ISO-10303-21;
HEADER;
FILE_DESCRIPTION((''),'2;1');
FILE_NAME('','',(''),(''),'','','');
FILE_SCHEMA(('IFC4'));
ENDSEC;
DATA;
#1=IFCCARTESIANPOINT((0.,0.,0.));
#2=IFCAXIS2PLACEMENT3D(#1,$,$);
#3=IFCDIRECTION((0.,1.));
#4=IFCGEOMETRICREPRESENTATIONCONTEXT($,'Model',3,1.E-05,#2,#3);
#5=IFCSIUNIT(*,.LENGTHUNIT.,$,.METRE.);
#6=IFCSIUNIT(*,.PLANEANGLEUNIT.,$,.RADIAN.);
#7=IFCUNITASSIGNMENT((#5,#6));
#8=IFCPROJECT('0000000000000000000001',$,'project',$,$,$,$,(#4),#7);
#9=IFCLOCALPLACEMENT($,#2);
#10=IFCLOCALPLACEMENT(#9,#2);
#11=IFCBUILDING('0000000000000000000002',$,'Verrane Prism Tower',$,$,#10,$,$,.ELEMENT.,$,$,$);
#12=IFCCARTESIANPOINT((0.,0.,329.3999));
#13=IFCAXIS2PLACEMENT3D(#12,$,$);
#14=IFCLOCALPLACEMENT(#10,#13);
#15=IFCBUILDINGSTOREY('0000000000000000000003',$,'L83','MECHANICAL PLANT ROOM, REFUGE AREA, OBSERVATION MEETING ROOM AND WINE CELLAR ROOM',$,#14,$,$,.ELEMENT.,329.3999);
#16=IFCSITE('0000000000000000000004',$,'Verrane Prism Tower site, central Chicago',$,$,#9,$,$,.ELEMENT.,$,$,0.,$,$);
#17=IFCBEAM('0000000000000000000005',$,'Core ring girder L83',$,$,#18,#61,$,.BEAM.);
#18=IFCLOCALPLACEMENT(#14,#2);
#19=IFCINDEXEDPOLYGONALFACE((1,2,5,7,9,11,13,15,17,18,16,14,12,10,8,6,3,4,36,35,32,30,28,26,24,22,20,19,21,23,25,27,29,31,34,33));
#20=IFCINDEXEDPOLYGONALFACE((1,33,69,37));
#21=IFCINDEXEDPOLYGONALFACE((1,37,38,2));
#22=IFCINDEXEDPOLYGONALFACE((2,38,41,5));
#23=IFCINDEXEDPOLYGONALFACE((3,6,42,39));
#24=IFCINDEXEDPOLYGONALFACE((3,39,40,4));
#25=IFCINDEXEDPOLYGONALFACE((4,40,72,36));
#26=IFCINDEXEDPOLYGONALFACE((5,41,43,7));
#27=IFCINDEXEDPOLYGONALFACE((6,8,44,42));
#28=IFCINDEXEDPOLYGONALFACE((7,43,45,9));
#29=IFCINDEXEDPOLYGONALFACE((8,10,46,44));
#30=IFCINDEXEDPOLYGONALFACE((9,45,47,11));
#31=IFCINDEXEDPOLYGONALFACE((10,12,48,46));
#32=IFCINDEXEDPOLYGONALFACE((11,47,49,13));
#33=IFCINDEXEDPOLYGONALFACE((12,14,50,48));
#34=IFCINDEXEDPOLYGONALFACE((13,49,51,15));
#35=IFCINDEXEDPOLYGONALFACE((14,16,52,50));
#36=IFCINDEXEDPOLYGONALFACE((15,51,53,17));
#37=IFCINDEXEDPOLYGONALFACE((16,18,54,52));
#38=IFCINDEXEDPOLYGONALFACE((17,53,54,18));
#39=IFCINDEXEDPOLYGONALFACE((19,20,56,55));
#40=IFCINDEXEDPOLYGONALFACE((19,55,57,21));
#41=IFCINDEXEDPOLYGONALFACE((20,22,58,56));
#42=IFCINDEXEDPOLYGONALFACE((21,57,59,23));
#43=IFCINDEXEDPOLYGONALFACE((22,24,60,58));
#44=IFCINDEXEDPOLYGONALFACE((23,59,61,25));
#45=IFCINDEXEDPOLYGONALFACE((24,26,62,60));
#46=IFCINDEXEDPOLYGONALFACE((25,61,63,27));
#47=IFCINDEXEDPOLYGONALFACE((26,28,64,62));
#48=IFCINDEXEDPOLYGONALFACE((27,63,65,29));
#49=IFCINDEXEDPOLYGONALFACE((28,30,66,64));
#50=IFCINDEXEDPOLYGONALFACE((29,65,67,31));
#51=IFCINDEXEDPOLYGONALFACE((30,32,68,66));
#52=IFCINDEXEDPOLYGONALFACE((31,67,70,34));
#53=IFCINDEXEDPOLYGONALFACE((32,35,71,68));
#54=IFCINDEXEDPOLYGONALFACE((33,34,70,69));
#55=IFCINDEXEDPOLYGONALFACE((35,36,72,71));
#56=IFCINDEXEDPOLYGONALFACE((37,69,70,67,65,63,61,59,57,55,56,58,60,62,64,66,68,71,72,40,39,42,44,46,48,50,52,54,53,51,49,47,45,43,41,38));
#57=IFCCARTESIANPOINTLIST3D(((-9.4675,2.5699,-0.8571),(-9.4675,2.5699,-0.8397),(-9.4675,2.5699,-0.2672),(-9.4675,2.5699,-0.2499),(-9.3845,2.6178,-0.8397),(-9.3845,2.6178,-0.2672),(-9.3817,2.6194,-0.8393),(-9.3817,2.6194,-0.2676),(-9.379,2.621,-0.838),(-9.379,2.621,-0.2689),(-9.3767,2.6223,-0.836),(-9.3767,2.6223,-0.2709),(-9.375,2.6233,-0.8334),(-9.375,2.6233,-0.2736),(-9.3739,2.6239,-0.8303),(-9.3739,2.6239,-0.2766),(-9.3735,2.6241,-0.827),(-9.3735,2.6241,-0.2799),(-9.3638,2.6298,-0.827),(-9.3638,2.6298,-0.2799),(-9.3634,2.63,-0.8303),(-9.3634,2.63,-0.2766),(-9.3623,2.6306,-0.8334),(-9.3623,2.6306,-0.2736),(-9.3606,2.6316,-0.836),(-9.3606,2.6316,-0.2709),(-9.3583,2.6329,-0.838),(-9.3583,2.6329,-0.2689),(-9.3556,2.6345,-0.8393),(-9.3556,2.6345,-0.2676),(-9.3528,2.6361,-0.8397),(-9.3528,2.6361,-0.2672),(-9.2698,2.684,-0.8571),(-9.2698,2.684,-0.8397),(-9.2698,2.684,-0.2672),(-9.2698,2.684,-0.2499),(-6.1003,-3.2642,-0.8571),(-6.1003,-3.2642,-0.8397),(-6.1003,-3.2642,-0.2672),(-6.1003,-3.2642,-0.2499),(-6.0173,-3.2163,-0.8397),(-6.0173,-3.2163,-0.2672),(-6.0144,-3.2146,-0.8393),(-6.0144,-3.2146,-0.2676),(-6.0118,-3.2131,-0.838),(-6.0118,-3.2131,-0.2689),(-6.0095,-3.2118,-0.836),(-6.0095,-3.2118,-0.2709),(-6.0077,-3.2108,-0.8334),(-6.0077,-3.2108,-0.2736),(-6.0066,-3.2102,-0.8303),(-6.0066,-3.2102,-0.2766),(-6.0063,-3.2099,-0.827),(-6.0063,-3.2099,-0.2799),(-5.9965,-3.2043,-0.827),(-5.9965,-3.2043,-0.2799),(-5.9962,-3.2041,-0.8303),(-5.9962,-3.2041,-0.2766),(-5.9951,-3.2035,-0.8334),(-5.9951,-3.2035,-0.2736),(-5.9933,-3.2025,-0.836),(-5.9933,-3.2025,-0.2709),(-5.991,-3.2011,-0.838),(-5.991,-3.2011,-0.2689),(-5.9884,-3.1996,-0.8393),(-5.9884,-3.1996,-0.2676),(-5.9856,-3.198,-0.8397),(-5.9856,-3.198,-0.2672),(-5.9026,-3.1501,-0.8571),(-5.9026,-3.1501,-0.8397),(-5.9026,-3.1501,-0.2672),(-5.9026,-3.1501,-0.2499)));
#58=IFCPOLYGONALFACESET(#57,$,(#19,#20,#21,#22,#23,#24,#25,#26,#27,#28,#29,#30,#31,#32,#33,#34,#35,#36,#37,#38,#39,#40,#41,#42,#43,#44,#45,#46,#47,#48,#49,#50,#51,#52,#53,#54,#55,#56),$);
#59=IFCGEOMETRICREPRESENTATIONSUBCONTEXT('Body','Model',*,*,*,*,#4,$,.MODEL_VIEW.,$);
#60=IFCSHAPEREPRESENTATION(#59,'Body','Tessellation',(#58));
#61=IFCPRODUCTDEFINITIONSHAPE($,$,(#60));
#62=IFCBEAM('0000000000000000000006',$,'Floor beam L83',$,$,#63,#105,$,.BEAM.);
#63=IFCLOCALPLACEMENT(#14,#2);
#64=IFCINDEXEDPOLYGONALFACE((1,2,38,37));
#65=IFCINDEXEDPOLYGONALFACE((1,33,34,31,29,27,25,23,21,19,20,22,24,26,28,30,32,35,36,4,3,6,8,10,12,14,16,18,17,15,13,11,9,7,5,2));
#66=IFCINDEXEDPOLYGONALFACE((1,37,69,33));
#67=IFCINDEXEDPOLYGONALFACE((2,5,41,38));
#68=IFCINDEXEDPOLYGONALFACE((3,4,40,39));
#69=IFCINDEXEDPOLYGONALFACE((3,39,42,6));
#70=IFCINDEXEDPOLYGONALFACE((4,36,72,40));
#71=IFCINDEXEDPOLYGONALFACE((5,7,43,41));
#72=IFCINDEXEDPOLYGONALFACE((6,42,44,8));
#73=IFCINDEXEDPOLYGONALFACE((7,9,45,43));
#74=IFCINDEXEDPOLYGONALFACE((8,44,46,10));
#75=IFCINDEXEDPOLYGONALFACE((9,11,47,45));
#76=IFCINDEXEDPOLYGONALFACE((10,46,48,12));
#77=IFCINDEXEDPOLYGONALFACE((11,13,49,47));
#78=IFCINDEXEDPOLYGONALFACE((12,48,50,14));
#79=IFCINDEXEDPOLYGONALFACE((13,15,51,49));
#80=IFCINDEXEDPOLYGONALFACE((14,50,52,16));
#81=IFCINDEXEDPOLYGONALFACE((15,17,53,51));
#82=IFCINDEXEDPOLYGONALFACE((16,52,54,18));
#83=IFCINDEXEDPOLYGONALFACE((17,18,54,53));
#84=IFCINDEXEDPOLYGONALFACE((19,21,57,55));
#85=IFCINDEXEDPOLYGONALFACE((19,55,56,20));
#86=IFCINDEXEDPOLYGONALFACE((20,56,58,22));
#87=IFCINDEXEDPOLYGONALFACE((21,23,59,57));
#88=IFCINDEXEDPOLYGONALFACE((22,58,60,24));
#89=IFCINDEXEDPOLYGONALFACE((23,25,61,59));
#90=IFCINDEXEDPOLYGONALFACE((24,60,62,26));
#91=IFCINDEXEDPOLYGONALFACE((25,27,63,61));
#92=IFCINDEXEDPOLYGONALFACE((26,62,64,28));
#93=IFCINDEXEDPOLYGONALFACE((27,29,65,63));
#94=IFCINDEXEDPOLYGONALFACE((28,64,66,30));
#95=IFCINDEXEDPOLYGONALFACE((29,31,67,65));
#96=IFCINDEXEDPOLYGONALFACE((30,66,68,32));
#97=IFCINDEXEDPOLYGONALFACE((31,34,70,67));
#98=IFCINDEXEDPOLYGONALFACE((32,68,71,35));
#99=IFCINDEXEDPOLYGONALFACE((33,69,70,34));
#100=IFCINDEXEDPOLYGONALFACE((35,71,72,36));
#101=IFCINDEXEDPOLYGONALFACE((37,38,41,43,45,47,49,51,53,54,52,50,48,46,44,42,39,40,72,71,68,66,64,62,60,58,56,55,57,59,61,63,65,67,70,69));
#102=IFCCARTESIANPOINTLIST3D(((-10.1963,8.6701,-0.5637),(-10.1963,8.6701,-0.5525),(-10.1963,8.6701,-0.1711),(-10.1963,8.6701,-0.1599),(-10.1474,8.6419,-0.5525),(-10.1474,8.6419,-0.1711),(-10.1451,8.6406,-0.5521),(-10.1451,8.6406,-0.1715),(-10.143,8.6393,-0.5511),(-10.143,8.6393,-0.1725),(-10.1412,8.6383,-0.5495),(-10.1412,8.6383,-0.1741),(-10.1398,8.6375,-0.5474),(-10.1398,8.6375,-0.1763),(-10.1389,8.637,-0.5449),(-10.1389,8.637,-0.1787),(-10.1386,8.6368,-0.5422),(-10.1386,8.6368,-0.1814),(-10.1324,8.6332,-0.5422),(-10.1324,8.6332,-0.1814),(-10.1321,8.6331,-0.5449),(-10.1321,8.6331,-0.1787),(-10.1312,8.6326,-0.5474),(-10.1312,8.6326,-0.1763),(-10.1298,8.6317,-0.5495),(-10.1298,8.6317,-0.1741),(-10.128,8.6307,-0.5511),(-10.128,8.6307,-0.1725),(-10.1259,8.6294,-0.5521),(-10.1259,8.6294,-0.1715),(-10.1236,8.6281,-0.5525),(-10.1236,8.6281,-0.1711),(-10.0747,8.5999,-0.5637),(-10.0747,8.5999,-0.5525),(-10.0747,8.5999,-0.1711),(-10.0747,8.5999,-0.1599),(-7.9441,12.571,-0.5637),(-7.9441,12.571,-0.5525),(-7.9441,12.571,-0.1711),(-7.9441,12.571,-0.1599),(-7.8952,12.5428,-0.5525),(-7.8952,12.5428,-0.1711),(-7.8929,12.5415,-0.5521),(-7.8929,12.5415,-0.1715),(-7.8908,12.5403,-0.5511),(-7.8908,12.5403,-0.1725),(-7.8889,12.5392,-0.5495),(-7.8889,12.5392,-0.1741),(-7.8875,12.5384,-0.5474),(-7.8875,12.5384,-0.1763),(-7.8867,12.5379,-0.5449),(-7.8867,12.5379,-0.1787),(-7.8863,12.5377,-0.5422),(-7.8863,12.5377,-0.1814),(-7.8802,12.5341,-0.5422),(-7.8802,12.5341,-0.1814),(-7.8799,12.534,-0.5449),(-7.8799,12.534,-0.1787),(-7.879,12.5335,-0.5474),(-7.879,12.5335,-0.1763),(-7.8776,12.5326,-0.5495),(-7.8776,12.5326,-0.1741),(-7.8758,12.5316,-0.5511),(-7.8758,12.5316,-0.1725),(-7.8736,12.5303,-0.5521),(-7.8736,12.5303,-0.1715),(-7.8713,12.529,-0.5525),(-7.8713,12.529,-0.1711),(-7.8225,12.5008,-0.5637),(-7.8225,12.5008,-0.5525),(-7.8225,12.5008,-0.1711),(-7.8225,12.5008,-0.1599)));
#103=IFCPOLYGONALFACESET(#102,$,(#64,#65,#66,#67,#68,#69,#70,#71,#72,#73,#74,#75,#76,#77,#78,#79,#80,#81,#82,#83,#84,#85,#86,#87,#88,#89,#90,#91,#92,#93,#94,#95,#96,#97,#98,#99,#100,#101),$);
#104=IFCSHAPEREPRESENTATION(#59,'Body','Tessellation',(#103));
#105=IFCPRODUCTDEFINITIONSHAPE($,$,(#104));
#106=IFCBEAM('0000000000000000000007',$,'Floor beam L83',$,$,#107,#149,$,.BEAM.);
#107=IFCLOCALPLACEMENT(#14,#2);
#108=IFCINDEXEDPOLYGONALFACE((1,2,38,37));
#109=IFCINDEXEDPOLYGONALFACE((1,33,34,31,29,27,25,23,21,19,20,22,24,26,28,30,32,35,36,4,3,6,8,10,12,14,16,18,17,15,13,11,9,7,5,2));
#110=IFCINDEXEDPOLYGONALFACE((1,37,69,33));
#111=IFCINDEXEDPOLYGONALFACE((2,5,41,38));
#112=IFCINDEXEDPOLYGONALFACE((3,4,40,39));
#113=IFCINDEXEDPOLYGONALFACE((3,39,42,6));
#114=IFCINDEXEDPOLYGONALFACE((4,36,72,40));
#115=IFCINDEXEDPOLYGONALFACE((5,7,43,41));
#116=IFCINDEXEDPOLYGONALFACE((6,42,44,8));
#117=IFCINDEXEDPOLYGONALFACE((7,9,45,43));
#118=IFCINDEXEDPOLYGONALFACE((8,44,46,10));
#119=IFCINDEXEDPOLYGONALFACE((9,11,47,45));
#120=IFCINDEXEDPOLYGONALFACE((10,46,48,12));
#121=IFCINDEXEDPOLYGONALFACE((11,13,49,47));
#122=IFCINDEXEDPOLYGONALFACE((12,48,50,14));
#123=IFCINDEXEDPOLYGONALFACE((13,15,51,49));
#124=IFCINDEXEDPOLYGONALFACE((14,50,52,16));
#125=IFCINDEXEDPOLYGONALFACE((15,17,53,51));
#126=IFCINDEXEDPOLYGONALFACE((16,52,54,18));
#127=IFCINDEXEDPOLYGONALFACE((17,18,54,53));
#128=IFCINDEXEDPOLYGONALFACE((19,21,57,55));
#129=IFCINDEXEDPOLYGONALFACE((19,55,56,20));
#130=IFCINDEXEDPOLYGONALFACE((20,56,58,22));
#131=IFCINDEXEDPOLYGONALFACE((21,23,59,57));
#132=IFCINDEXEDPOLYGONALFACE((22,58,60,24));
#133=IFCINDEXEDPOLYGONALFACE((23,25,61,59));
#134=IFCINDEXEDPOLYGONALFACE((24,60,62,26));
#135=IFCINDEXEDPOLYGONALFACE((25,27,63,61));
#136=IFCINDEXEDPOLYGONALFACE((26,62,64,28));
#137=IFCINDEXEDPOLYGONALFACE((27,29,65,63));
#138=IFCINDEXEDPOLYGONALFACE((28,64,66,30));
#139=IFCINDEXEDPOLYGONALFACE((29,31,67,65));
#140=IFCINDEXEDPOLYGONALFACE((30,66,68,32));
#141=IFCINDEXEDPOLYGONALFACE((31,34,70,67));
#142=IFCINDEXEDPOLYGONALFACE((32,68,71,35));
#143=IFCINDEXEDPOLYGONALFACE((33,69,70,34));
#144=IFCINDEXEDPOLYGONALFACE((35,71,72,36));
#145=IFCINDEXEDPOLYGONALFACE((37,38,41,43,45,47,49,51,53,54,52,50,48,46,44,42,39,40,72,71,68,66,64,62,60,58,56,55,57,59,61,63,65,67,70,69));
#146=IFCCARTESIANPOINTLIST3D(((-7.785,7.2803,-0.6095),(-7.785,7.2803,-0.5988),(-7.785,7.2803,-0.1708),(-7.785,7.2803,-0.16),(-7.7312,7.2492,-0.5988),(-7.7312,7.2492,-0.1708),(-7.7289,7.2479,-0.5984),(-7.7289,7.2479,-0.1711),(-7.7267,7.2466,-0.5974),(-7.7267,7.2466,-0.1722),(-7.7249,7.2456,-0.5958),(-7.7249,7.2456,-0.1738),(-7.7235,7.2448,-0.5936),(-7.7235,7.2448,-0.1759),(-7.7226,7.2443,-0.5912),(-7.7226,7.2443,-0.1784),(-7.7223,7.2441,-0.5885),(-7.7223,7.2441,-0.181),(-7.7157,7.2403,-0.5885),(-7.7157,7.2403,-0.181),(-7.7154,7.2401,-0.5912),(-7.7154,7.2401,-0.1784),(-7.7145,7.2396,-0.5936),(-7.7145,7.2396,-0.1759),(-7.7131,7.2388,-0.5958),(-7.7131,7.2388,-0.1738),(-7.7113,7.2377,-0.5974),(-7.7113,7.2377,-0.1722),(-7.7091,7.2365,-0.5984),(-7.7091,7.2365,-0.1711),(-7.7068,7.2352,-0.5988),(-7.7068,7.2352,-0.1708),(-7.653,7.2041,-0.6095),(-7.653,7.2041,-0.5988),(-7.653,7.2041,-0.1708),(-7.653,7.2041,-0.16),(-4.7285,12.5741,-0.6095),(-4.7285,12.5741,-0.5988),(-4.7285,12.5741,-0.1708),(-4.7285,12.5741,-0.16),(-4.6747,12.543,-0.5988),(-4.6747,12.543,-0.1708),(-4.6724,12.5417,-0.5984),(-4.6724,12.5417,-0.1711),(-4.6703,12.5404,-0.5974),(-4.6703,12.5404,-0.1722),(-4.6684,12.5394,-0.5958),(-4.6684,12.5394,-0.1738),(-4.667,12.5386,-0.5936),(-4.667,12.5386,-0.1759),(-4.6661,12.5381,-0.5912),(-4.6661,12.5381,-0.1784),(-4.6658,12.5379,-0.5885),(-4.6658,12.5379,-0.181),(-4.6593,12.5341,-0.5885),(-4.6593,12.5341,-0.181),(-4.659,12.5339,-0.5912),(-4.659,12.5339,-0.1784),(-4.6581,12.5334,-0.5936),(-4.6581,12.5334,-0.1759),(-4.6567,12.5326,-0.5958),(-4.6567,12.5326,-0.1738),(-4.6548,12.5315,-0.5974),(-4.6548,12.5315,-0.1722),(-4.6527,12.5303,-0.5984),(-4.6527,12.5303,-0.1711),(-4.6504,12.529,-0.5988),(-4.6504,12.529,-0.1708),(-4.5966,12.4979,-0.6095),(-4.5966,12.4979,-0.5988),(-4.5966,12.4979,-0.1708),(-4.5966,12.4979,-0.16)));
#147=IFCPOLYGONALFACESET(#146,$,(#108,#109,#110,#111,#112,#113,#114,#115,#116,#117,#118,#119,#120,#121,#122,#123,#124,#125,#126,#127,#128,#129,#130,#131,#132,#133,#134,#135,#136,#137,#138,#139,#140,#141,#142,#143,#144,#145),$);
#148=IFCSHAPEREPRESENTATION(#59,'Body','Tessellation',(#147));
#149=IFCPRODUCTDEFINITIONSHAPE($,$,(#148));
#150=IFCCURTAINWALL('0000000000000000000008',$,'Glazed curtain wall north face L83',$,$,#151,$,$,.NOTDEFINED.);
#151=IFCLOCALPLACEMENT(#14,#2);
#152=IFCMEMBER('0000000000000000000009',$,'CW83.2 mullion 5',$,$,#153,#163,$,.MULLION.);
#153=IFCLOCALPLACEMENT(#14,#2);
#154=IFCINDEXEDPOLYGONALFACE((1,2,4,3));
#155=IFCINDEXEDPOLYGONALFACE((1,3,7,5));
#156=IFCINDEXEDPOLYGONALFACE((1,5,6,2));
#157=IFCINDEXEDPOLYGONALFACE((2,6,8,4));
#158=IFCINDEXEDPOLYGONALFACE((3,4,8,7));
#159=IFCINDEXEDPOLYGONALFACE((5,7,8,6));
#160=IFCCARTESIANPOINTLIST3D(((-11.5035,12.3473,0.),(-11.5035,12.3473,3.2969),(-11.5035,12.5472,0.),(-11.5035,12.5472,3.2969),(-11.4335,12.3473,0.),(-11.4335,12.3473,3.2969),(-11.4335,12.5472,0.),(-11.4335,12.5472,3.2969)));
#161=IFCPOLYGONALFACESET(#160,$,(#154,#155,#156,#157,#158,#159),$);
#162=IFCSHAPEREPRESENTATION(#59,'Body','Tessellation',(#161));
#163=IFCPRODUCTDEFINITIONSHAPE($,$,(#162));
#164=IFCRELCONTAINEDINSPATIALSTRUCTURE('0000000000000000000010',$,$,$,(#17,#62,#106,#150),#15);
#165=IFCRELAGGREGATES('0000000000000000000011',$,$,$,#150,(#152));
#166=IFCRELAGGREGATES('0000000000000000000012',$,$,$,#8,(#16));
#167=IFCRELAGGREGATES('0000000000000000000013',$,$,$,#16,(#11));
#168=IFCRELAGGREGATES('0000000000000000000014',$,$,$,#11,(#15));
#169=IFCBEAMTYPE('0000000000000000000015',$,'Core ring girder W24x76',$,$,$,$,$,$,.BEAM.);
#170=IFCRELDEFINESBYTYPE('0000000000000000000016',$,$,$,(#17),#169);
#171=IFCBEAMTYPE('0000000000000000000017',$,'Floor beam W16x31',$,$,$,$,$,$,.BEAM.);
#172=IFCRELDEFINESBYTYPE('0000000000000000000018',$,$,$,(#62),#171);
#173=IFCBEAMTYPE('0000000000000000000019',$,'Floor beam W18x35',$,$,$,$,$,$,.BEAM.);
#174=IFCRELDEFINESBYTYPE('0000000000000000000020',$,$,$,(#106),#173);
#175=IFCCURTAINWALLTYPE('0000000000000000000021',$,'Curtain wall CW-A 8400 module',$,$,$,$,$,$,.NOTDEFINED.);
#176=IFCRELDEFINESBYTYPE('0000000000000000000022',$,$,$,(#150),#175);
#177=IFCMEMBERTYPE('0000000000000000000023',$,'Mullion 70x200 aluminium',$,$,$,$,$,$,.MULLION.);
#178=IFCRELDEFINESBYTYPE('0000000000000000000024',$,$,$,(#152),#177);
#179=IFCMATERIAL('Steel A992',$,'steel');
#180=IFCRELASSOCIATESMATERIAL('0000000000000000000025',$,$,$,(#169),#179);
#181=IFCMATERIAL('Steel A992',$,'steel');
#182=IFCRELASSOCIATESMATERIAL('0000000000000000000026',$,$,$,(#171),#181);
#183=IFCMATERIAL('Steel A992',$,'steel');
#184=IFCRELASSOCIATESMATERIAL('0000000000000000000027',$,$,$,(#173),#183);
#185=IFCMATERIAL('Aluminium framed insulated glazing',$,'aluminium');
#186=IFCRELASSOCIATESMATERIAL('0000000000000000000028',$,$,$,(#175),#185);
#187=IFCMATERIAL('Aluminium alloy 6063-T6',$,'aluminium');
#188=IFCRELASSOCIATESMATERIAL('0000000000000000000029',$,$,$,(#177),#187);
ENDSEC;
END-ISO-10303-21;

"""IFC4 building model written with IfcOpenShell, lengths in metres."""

from ifc_helpers import new_model, si_unit, direction, frame, origin, origin_2d, place, context, subcontext, project, spatial, rectangle, i_section, extrude, material, material_profile, profile_set, type_object, element, aggregate, save


model = new_model("IFC4")

# Units and contexts
model_context = context("Model", 3, precision=1e-05, world=origin(), true_north=direction((0.0, 1.0)))
body_context = subcontext(model_context, "Body", "Model", "MODEL_VIEW")
ifc_project = project(units=[si_unit("LENGTHUNIT", "METRE"), si_unit("PLANEANGLEUNIT", "RADIAN")], contexts=[model_context])

# Site, building, storey
site_placement = place(None, origin())
site = spatial("IfcSite", under=ifc_project, at=site_placement, Name="Verrane Prism Tower site, central Chicago", CompositionType="ELEMENT", RefElevation=0.0)
building_placement = place(site_placement, origin())
building = spatial("IfcBuilding", under=site, at=building_placement, Name="Verrane Prism Tower", CompositionType="ELEMENT")
storey_placement = place(building_placement, frame((0.0, 0.0, 329.3999)))
storey = spatial("IfcBuildingStorey", under=building, at=storey_placement, Name="L83", Description="MECHANICAL PLANT ROOM, REFUGE AREA, OBSERVATION MEETING ROOM AND WINE CELLAR ROOM", CompositionType="ELEMENT", Elevation=329.3999)

# Beams
ifc_material_1 = material(Name="Steel A992", Category="steel")
ifc_material_profile_1 = material_profile(ifc_material_1, i_section(OverallWidth=0.2283, OverallDepth=0.6072, WebThickness=0.0112, FlangeThickness=0.0173, FilletRadius=0.0127, at=origin_2d()), Name="W24x76")
ifc_profile_set_1 = profile_set([ifc_material_profile_1], Name="Steel A992")
beam_type_1 = type_object("IfcBeamType", Name="Core ring girder W24x76", PredefinedType="BEAM", material=ifc_profile_set_1)
beam_1_placement = place(storey_placement, frame((-9.3687, 2.627, -0.5535), z_axis=(0.499881, -0.866094, 0.0), x_axis=(0.866094, 0.499881, 0.0)))
element("IfcBeam", 1, at=beam_1_placement, inside=storey, type_object=beam_type_1, Name="Core ring girder L83", PredefinedType="BEAM", context=body_context, shape_type="SweptSolid", body=[
    extrude(i_section(OverallWidth=0.2283, OverallDepth=0.6072, WebThickness=0.0112, FlangeThickness=0.0173, FilletRadius=0.0127, at=origin_2d()), origin(), (0.0, 0.0, 1.0), 6.7361),
])
ifc_material_2 = material(Name="Steel A992", Category="steel")
ifc_material_profile_2 = material_profile(ifc_material_2, i_section(OverallWidth=0.1404, OverallDepth=0.4038, WebThickness=0.0071, FlangeThickness=0.0112, FilletRadius=0.0103, at=origin_2d()), Name="W16x31")
ifc_profile_set_2 = profile_set([ifc_material_profile_2], Name="Steel A992")
beam_type_2 = type_object("IfcBeamType", Name="Floor beam W16x31", PredefinedType="BEAM", material=ifc_profile_set_2)
beam_2_placement = place(storey_placement, frame((-10.1355, 8.635, -0.3618), z_axis=(0.500004, 0.866023, 0.0), x_axis=(-0.866023, 0.500004, 0.0)))
element("IfcBeam", 2, at=beam_2_placement, inside=storey, type_object=beam_type_2, Name="Floor beam L83", PredefinedType="BEAM", context=body_context, shape_type="SweptSolid", body=[
    extrude(i_section(OverallWidth=0.1404, OverallDepth=0.4038, WebThickness=0.0071, FlangeThickness=0.0112, FilletRadius=0.0103, at=origin_2d()), origin(), (0.0, 0.0, 1.0), 4.5044),
])
ifc_material_3 = material(Name="Steel A992", Category="steel")
ifc_material_profile_3 = material_profile(ifc_material_3, i_section(OverallWidth=0.1523, OverallDepth=0.4495, WebThickness=0.0076, FlangeThickness=0.0107, FilletRadius=0.0103, at=origin_2d()), Name="W18x35")
ifc_profile_set_3 = profile_set([ifc_material_profile_3], Name="Steel A992")
beam_type_3 = type_object("IfcBeamType", Name="Floor beam W18x35", PredefinedType="BEAM", material=ifc_profile_set_3)
beam_3_placement = place(storey_placement, frame((-7.719, 7.2422, -0.3848), z_axis=(0.500009, 0.86602, 0.0), x_axis=(-0.86602, 0.500009, 0.0)))
element("IfcBeam", 3, at=beam_3_placement, inside=storey, type_object=beam_type_3, Name="Floor beam L83", PredefinedType="BEAM", context=body_context, shape_type="SweptSolid", body=[
    extrude(i_section(OverallWidth=0.1523, OverallDepth=0.4495, WebThickness=0.0076, FlangeThickness=0.0107, FilletRadius=0.0103, at=origin_2d()), origin(), (0.0, 0.0, 1.0), 6.1128),
])

# Curtain wall, member
ifc_material_4 = material(Name="Aluminium framed insulated glazing", Category="aluminium")
curtain_wall_type = type_object("IfcCurtainWallType", Name="Curtain wall CW-A 8400 module", PredefinedType="NOTDEFINED", material=ifc_material_4)
curtain_wall_placement = place(storey_placement, origin())
curtain_wall = element("IfcCurtainWall", 4, at=curtain_wall_placement, inside=storey, type_object=curtain_wall_type, Name="Glazed curtain wall north face L83", PredefinedType="NOTDEFINED")
ifc_material_5 = material(Name="Aluminium alloy 6063-T6", Category="aluminium")
ifc_material_profile_4 = material_profile(ifc_material_5, rectangle(XDim=0.2, YDim=0.0701, at=origin_2d()), Name="Mullion 70x200 aluminium")
ifc_profile_set_4 = profile_set([ifc_material_profile_4], Name="Aluminium alloy 6063-T6")
member_type_1 = type_object("IfcMemberType", Name="Mullion 70x200 aluminium", PredefinedType="MULLION", material=ifc_profile_set_4)
member_1_placement = place(storey_placement, frame((-11.4685, 12.4473, 0.0), z_axis=(0.0, 0.0, 1.0), x_axis=(0.0, -1.0, 0.0)))
member_1 = element("IfcMember", 5, at=member_1_placement, type_object=member_type_1, Name="CW83.2 mullion 5", PredefinedType="MULLION", context=body_context, shape_type="SweptSolid", body=[
    extrude(rectangle(XDim=0.2, YDim=0.0701, at=origin_2d()), origin(), (0.0, 0.0, 1.0), 3.2969),
])

aggregate(curtain_wall, [member_1])

save(model, "model.ifc")
